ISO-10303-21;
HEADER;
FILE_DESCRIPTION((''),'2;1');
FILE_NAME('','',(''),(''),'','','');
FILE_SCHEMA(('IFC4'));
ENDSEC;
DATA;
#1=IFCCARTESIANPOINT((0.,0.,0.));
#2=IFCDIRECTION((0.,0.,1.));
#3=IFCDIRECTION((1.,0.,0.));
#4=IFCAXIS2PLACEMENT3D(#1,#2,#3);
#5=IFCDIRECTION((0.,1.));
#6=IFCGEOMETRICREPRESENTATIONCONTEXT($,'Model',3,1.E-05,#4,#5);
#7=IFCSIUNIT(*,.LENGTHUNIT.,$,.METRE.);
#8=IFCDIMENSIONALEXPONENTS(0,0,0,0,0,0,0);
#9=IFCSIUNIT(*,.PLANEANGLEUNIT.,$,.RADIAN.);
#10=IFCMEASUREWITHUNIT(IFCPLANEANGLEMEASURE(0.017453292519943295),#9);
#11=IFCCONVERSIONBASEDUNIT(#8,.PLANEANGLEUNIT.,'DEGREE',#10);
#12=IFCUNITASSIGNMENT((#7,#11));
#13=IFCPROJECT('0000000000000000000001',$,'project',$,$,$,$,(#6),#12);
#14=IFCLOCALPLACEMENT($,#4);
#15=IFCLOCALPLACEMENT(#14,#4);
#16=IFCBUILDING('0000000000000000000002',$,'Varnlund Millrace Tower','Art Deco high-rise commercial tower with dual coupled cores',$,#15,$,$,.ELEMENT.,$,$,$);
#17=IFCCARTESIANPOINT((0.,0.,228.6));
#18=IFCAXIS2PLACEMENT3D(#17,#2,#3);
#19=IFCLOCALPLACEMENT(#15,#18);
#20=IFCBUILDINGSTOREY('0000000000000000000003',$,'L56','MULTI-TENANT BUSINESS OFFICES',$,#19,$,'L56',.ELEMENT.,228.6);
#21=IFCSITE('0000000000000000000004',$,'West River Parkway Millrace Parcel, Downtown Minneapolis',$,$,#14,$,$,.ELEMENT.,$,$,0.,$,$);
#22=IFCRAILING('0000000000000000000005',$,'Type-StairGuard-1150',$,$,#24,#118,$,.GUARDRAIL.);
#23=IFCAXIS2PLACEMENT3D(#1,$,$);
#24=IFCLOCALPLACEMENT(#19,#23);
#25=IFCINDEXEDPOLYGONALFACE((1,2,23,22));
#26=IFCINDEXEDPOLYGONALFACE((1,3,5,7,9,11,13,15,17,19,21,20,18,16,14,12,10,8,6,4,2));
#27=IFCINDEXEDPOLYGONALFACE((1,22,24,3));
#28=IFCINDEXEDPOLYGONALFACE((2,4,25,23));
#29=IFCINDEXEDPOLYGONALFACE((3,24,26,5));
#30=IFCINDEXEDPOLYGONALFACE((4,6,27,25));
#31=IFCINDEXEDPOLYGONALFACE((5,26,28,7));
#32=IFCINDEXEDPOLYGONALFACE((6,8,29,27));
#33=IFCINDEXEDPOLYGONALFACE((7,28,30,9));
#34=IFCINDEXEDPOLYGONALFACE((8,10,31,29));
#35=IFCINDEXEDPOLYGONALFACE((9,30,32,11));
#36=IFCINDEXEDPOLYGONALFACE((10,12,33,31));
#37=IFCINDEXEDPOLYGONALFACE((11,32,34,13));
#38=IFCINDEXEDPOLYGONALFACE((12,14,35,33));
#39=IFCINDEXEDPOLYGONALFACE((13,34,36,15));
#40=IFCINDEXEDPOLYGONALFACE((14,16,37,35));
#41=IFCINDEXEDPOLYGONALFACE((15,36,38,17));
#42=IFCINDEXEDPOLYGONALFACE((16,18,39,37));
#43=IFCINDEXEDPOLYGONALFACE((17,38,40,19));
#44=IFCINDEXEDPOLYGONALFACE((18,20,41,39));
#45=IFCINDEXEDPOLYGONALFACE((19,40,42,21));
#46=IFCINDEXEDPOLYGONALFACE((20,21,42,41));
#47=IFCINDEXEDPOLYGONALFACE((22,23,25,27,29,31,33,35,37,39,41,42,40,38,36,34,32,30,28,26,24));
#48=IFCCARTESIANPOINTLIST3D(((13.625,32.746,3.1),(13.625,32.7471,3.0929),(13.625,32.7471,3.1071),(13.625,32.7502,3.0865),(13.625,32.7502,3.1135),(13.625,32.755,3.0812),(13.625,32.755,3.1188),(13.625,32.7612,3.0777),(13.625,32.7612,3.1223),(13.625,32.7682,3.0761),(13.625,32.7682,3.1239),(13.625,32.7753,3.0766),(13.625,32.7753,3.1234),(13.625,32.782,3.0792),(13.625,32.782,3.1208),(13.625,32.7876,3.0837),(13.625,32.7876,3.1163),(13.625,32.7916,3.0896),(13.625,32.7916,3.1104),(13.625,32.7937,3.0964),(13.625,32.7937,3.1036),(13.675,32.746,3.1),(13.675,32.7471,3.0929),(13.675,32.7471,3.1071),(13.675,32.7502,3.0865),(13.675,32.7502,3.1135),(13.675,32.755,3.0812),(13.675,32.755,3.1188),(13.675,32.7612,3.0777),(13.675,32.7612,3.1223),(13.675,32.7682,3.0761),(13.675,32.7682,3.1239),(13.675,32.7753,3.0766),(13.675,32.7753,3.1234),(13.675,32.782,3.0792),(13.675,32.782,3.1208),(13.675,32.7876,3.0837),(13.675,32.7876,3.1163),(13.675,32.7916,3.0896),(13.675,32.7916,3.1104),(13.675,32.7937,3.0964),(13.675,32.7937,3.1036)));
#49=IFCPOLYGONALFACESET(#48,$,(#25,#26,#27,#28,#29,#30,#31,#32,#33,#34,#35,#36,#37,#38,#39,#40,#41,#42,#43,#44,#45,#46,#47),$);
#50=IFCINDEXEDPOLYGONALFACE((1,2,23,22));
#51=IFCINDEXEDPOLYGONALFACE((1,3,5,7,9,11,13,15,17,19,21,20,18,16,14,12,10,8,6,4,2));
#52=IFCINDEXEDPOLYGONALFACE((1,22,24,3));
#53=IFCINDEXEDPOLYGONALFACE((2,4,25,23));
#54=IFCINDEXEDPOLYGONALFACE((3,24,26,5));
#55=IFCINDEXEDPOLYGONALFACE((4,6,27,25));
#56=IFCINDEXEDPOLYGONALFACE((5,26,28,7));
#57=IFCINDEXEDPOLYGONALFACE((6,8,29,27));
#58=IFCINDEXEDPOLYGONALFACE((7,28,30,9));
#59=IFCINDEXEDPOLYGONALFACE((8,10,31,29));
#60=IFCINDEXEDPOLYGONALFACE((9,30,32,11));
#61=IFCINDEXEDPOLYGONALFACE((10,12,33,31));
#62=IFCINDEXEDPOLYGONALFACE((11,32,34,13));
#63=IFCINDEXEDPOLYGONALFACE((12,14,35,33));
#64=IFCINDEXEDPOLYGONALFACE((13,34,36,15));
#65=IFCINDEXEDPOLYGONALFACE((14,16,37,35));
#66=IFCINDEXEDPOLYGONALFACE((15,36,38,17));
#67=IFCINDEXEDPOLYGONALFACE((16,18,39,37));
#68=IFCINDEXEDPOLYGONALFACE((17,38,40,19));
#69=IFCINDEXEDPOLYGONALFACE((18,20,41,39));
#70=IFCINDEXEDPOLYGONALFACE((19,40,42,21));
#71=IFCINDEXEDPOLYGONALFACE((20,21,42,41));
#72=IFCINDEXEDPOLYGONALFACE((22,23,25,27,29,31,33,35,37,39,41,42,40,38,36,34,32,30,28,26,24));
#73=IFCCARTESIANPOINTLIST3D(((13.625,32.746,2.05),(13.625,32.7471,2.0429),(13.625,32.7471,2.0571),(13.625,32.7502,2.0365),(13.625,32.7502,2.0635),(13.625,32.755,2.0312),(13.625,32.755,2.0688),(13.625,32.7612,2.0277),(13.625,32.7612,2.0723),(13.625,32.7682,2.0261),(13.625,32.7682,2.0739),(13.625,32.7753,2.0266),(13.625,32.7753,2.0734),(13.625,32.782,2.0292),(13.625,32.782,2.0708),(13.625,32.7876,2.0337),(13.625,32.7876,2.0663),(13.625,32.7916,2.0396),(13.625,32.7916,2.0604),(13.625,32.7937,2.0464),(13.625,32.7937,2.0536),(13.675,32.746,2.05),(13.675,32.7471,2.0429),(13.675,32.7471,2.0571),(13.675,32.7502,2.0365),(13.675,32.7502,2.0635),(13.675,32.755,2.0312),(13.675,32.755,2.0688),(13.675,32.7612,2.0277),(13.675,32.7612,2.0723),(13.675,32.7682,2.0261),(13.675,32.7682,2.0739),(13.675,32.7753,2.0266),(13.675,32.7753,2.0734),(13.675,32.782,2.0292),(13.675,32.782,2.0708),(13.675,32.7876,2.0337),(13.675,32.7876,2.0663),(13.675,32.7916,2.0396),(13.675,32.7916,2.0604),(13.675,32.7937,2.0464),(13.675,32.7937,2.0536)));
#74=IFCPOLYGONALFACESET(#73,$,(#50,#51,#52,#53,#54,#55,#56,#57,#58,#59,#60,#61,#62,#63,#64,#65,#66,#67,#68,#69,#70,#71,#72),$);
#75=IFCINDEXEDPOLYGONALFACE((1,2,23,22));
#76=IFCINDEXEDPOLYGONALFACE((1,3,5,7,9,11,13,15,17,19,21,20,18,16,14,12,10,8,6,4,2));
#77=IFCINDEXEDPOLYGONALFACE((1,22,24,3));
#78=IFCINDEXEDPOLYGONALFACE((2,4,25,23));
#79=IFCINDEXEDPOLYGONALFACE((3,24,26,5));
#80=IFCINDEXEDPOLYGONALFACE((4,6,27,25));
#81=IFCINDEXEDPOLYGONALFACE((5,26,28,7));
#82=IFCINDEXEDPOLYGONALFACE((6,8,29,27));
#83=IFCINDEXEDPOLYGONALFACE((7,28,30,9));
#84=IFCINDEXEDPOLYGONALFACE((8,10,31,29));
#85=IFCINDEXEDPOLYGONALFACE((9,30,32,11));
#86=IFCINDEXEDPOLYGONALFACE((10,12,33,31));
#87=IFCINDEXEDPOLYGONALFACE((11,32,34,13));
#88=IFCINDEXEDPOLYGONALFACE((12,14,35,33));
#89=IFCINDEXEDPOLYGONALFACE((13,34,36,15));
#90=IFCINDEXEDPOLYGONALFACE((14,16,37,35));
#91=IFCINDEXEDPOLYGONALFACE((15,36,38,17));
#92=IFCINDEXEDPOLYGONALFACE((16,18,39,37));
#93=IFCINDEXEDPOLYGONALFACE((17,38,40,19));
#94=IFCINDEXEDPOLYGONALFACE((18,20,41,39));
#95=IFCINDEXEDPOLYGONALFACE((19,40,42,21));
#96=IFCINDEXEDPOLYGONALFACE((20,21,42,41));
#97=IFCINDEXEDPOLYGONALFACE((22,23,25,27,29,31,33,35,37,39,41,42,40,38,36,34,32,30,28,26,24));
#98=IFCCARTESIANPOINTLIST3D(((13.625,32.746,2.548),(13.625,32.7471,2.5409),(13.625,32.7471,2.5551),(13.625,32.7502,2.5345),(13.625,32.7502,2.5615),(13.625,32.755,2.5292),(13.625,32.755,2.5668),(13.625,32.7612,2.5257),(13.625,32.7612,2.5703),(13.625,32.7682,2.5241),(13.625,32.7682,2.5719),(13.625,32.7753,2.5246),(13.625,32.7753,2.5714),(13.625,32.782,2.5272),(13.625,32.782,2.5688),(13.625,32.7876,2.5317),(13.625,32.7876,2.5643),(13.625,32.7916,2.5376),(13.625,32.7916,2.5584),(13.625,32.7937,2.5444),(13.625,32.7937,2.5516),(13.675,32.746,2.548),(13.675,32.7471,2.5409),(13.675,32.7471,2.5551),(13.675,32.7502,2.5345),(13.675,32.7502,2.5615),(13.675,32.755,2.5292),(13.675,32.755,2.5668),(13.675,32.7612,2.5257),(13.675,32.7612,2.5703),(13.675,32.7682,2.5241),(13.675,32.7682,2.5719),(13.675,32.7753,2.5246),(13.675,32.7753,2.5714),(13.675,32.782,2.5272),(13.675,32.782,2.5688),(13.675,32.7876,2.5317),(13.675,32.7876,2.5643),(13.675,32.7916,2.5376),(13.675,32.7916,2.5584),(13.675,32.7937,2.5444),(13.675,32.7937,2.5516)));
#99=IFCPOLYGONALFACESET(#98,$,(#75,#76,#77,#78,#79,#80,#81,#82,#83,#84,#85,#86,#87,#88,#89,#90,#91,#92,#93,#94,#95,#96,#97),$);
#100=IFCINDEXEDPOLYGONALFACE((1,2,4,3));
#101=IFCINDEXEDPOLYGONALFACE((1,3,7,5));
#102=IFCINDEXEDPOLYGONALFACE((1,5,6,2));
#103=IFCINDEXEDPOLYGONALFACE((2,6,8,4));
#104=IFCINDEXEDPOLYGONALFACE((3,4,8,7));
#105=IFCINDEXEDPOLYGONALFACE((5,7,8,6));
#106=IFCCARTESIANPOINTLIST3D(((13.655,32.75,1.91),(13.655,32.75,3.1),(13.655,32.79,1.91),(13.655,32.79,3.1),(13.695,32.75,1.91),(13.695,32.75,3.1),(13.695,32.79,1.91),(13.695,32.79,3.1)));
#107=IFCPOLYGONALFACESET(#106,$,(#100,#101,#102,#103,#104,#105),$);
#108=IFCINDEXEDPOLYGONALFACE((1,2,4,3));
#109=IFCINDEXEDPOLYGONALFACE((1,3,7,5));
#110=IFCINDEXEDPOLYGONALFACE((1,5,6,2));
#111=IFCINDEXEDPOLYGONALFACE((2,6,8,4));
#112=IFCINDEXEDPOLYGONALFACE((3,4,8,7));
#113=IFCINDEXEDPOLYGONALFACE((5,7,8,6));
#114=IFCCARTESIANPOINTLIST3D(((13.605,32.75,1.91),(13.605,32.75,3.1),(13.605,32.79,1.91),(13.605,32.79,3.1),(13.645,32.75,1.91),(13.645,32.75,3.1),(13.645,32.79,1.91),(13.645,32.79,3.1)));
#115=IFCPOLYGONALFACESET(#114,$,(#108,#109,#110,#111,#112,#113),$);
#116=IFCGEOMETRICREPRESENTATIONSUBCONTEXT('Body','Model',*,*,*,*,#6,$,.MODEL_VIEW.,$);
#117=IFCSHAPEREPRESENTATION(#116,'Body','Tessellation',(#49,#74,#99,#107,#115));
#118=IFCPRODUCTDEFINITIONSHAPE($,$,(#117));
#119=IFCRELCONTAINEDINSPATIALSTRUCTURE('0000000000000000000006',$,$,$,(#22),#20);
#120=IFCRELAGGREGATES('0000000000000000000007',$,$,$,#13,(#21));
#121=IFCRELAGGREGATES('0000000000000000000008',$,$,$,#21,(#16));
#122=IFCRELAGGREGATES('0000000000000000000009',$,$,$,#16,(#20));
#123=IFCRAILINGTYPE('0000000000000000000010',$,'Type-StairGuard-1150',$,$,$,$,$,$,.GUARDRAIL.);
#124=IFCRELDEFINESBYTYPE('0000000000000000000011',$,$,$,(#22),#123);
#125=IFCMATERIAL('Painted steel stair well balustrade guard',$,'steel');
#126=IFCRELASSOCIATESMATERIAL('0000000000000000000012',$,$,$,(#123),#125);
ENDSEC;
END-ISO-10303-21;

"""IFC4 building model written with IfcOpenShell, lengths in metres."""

from ifc_helpers import new_model, entity, si_unit, converted_unit, direction, frame, origin_with_axes, origin_2d_with_axis, place, context, subcontext, project, spatial, rectangle, circle, extrude, material, type_object, element, save


model = new_model("IFC4")

# Units and contexts
model_context = context("Model", 3, precision=1e-05, world=origin_with_axes(), true_north=direction((0.0, 1.0)))
body_context = subcontext(model_context, "Body", "Model", "MODEL_VIEW")
ifc_project = project(units=[si_unit("LENGTHUNIT", "METRE"), converted_unit("PLANEANGLEUNIT", "DEGREE", entity("IfcPlaneAngleMeasure", 0.017453292519943295), si_unit("PLANEANGLEUNIT", "RADIAN"), dimensions=[0, 0, 0, 0, 0, 0, 0])], contexts=[model_context])

# Site, building, storey
site_placement = place(None, origin_with_axes())
site = spatial("IfcSite", under=ifc_project, at=site_placement, Name="West River Parkway Millrace Parcel, Downtown Minneapolis", CompositionType="ELEMENT", RefElevation=0.0)
building_placement = place(site_placement, origin_with_axes())
building = spatial("IfcBuilding", under=site, at=building_placement, Name="Varnlund Millrace Tower", Description="Art Deco high-rise commercial tower with dual coupled cores", CompositionType="ELEMENT")
storey_placement = place(building_placement, frame((0.0, 0.0, 228.6), z_axis=(0.0, 0.0, 1.0), x_axis=(1.0, 0.0, 0.0)))
storey = spatial("IfcBuildingStorey", under=building, at=storey_placement, Name="L56", Description="MULTI-TENANT BUSINESS OFFICES", LongName="L56", CompositionType="ELEMENT", Elevation=228.6)

# Railing
ifc_material_1 = material(Name="Painted steel stair well balustrade guard", Category="steel")
railing_type_1 = type_object("IfcRailingType", Name="Type-StairGuard-1150", PredefinedType="GUARDRAIL", material=ifc_material_1)
railing_1_placement = place(storey_placement, frame((0.0, 0.0, -228.6), z_axis=(0.0, 0.0, 1.0), x_axis=(1.0, 0.0, 0.0)))
element("IfcRailing", 1, at=railing_1_placement, inside=storey, type_object=railing_type_1, Name="Type-StairGuard-1150", PredefinedType="GUARDRAIL", context=body_context, shape_type="SweptSolid", body=[
    extrude(circle(Radius=0.024, at=origin_2d_with_axis()), frame((13.675, 32.77, 231.7), z_axis=(-1.0, 0.0, 0.0), x_axis=(0.0, -1.0, 0.0)), (0.0, 0.0, 1.0), 0.05),
    extrude(circle(Radius=0.024, at=origin_2d_with_axis()), frame((13.675, 32.77, 230.65), z_axis=(-1.0, 0.0, 0.0), x_axis=(0.0, -1.0, 0.0)), (0.0, 0.0, 1.0), 0.05),
    extrude(circle(Radius=0.024, at=origin_2d_with_axis()), frame((13.675, 32.77, 231.148), z_axis=(-1.0, 0.0, 0.0), x_axis=(0.0, -1.0, 0.0)), (0.0, 0.0, 1.0), 0.05),
    extrude(rectangle(XDim=0.04, YDim=0.04, at=origin_2d_with_axis()), frame((13.675, 32.77, 230.51), z_axis=(0.0, 0.0, 1.0), x_axis=(1.0, 0.0, 0.0)), (0.0, 0.0, 1.0), 1.19),
    extrude(rectangle(XDim=0.04, YDim=0.04, at=origin_2d_with_axis()), frame((13.625, 32.77, 230.51), z_axis=(0.0, 0.0, 1.0), x_axis=(1.0, 0.0, 0.0)), (0.0, 0.0, 1.0), 1.19),
])

save(model, "model.ifc")
